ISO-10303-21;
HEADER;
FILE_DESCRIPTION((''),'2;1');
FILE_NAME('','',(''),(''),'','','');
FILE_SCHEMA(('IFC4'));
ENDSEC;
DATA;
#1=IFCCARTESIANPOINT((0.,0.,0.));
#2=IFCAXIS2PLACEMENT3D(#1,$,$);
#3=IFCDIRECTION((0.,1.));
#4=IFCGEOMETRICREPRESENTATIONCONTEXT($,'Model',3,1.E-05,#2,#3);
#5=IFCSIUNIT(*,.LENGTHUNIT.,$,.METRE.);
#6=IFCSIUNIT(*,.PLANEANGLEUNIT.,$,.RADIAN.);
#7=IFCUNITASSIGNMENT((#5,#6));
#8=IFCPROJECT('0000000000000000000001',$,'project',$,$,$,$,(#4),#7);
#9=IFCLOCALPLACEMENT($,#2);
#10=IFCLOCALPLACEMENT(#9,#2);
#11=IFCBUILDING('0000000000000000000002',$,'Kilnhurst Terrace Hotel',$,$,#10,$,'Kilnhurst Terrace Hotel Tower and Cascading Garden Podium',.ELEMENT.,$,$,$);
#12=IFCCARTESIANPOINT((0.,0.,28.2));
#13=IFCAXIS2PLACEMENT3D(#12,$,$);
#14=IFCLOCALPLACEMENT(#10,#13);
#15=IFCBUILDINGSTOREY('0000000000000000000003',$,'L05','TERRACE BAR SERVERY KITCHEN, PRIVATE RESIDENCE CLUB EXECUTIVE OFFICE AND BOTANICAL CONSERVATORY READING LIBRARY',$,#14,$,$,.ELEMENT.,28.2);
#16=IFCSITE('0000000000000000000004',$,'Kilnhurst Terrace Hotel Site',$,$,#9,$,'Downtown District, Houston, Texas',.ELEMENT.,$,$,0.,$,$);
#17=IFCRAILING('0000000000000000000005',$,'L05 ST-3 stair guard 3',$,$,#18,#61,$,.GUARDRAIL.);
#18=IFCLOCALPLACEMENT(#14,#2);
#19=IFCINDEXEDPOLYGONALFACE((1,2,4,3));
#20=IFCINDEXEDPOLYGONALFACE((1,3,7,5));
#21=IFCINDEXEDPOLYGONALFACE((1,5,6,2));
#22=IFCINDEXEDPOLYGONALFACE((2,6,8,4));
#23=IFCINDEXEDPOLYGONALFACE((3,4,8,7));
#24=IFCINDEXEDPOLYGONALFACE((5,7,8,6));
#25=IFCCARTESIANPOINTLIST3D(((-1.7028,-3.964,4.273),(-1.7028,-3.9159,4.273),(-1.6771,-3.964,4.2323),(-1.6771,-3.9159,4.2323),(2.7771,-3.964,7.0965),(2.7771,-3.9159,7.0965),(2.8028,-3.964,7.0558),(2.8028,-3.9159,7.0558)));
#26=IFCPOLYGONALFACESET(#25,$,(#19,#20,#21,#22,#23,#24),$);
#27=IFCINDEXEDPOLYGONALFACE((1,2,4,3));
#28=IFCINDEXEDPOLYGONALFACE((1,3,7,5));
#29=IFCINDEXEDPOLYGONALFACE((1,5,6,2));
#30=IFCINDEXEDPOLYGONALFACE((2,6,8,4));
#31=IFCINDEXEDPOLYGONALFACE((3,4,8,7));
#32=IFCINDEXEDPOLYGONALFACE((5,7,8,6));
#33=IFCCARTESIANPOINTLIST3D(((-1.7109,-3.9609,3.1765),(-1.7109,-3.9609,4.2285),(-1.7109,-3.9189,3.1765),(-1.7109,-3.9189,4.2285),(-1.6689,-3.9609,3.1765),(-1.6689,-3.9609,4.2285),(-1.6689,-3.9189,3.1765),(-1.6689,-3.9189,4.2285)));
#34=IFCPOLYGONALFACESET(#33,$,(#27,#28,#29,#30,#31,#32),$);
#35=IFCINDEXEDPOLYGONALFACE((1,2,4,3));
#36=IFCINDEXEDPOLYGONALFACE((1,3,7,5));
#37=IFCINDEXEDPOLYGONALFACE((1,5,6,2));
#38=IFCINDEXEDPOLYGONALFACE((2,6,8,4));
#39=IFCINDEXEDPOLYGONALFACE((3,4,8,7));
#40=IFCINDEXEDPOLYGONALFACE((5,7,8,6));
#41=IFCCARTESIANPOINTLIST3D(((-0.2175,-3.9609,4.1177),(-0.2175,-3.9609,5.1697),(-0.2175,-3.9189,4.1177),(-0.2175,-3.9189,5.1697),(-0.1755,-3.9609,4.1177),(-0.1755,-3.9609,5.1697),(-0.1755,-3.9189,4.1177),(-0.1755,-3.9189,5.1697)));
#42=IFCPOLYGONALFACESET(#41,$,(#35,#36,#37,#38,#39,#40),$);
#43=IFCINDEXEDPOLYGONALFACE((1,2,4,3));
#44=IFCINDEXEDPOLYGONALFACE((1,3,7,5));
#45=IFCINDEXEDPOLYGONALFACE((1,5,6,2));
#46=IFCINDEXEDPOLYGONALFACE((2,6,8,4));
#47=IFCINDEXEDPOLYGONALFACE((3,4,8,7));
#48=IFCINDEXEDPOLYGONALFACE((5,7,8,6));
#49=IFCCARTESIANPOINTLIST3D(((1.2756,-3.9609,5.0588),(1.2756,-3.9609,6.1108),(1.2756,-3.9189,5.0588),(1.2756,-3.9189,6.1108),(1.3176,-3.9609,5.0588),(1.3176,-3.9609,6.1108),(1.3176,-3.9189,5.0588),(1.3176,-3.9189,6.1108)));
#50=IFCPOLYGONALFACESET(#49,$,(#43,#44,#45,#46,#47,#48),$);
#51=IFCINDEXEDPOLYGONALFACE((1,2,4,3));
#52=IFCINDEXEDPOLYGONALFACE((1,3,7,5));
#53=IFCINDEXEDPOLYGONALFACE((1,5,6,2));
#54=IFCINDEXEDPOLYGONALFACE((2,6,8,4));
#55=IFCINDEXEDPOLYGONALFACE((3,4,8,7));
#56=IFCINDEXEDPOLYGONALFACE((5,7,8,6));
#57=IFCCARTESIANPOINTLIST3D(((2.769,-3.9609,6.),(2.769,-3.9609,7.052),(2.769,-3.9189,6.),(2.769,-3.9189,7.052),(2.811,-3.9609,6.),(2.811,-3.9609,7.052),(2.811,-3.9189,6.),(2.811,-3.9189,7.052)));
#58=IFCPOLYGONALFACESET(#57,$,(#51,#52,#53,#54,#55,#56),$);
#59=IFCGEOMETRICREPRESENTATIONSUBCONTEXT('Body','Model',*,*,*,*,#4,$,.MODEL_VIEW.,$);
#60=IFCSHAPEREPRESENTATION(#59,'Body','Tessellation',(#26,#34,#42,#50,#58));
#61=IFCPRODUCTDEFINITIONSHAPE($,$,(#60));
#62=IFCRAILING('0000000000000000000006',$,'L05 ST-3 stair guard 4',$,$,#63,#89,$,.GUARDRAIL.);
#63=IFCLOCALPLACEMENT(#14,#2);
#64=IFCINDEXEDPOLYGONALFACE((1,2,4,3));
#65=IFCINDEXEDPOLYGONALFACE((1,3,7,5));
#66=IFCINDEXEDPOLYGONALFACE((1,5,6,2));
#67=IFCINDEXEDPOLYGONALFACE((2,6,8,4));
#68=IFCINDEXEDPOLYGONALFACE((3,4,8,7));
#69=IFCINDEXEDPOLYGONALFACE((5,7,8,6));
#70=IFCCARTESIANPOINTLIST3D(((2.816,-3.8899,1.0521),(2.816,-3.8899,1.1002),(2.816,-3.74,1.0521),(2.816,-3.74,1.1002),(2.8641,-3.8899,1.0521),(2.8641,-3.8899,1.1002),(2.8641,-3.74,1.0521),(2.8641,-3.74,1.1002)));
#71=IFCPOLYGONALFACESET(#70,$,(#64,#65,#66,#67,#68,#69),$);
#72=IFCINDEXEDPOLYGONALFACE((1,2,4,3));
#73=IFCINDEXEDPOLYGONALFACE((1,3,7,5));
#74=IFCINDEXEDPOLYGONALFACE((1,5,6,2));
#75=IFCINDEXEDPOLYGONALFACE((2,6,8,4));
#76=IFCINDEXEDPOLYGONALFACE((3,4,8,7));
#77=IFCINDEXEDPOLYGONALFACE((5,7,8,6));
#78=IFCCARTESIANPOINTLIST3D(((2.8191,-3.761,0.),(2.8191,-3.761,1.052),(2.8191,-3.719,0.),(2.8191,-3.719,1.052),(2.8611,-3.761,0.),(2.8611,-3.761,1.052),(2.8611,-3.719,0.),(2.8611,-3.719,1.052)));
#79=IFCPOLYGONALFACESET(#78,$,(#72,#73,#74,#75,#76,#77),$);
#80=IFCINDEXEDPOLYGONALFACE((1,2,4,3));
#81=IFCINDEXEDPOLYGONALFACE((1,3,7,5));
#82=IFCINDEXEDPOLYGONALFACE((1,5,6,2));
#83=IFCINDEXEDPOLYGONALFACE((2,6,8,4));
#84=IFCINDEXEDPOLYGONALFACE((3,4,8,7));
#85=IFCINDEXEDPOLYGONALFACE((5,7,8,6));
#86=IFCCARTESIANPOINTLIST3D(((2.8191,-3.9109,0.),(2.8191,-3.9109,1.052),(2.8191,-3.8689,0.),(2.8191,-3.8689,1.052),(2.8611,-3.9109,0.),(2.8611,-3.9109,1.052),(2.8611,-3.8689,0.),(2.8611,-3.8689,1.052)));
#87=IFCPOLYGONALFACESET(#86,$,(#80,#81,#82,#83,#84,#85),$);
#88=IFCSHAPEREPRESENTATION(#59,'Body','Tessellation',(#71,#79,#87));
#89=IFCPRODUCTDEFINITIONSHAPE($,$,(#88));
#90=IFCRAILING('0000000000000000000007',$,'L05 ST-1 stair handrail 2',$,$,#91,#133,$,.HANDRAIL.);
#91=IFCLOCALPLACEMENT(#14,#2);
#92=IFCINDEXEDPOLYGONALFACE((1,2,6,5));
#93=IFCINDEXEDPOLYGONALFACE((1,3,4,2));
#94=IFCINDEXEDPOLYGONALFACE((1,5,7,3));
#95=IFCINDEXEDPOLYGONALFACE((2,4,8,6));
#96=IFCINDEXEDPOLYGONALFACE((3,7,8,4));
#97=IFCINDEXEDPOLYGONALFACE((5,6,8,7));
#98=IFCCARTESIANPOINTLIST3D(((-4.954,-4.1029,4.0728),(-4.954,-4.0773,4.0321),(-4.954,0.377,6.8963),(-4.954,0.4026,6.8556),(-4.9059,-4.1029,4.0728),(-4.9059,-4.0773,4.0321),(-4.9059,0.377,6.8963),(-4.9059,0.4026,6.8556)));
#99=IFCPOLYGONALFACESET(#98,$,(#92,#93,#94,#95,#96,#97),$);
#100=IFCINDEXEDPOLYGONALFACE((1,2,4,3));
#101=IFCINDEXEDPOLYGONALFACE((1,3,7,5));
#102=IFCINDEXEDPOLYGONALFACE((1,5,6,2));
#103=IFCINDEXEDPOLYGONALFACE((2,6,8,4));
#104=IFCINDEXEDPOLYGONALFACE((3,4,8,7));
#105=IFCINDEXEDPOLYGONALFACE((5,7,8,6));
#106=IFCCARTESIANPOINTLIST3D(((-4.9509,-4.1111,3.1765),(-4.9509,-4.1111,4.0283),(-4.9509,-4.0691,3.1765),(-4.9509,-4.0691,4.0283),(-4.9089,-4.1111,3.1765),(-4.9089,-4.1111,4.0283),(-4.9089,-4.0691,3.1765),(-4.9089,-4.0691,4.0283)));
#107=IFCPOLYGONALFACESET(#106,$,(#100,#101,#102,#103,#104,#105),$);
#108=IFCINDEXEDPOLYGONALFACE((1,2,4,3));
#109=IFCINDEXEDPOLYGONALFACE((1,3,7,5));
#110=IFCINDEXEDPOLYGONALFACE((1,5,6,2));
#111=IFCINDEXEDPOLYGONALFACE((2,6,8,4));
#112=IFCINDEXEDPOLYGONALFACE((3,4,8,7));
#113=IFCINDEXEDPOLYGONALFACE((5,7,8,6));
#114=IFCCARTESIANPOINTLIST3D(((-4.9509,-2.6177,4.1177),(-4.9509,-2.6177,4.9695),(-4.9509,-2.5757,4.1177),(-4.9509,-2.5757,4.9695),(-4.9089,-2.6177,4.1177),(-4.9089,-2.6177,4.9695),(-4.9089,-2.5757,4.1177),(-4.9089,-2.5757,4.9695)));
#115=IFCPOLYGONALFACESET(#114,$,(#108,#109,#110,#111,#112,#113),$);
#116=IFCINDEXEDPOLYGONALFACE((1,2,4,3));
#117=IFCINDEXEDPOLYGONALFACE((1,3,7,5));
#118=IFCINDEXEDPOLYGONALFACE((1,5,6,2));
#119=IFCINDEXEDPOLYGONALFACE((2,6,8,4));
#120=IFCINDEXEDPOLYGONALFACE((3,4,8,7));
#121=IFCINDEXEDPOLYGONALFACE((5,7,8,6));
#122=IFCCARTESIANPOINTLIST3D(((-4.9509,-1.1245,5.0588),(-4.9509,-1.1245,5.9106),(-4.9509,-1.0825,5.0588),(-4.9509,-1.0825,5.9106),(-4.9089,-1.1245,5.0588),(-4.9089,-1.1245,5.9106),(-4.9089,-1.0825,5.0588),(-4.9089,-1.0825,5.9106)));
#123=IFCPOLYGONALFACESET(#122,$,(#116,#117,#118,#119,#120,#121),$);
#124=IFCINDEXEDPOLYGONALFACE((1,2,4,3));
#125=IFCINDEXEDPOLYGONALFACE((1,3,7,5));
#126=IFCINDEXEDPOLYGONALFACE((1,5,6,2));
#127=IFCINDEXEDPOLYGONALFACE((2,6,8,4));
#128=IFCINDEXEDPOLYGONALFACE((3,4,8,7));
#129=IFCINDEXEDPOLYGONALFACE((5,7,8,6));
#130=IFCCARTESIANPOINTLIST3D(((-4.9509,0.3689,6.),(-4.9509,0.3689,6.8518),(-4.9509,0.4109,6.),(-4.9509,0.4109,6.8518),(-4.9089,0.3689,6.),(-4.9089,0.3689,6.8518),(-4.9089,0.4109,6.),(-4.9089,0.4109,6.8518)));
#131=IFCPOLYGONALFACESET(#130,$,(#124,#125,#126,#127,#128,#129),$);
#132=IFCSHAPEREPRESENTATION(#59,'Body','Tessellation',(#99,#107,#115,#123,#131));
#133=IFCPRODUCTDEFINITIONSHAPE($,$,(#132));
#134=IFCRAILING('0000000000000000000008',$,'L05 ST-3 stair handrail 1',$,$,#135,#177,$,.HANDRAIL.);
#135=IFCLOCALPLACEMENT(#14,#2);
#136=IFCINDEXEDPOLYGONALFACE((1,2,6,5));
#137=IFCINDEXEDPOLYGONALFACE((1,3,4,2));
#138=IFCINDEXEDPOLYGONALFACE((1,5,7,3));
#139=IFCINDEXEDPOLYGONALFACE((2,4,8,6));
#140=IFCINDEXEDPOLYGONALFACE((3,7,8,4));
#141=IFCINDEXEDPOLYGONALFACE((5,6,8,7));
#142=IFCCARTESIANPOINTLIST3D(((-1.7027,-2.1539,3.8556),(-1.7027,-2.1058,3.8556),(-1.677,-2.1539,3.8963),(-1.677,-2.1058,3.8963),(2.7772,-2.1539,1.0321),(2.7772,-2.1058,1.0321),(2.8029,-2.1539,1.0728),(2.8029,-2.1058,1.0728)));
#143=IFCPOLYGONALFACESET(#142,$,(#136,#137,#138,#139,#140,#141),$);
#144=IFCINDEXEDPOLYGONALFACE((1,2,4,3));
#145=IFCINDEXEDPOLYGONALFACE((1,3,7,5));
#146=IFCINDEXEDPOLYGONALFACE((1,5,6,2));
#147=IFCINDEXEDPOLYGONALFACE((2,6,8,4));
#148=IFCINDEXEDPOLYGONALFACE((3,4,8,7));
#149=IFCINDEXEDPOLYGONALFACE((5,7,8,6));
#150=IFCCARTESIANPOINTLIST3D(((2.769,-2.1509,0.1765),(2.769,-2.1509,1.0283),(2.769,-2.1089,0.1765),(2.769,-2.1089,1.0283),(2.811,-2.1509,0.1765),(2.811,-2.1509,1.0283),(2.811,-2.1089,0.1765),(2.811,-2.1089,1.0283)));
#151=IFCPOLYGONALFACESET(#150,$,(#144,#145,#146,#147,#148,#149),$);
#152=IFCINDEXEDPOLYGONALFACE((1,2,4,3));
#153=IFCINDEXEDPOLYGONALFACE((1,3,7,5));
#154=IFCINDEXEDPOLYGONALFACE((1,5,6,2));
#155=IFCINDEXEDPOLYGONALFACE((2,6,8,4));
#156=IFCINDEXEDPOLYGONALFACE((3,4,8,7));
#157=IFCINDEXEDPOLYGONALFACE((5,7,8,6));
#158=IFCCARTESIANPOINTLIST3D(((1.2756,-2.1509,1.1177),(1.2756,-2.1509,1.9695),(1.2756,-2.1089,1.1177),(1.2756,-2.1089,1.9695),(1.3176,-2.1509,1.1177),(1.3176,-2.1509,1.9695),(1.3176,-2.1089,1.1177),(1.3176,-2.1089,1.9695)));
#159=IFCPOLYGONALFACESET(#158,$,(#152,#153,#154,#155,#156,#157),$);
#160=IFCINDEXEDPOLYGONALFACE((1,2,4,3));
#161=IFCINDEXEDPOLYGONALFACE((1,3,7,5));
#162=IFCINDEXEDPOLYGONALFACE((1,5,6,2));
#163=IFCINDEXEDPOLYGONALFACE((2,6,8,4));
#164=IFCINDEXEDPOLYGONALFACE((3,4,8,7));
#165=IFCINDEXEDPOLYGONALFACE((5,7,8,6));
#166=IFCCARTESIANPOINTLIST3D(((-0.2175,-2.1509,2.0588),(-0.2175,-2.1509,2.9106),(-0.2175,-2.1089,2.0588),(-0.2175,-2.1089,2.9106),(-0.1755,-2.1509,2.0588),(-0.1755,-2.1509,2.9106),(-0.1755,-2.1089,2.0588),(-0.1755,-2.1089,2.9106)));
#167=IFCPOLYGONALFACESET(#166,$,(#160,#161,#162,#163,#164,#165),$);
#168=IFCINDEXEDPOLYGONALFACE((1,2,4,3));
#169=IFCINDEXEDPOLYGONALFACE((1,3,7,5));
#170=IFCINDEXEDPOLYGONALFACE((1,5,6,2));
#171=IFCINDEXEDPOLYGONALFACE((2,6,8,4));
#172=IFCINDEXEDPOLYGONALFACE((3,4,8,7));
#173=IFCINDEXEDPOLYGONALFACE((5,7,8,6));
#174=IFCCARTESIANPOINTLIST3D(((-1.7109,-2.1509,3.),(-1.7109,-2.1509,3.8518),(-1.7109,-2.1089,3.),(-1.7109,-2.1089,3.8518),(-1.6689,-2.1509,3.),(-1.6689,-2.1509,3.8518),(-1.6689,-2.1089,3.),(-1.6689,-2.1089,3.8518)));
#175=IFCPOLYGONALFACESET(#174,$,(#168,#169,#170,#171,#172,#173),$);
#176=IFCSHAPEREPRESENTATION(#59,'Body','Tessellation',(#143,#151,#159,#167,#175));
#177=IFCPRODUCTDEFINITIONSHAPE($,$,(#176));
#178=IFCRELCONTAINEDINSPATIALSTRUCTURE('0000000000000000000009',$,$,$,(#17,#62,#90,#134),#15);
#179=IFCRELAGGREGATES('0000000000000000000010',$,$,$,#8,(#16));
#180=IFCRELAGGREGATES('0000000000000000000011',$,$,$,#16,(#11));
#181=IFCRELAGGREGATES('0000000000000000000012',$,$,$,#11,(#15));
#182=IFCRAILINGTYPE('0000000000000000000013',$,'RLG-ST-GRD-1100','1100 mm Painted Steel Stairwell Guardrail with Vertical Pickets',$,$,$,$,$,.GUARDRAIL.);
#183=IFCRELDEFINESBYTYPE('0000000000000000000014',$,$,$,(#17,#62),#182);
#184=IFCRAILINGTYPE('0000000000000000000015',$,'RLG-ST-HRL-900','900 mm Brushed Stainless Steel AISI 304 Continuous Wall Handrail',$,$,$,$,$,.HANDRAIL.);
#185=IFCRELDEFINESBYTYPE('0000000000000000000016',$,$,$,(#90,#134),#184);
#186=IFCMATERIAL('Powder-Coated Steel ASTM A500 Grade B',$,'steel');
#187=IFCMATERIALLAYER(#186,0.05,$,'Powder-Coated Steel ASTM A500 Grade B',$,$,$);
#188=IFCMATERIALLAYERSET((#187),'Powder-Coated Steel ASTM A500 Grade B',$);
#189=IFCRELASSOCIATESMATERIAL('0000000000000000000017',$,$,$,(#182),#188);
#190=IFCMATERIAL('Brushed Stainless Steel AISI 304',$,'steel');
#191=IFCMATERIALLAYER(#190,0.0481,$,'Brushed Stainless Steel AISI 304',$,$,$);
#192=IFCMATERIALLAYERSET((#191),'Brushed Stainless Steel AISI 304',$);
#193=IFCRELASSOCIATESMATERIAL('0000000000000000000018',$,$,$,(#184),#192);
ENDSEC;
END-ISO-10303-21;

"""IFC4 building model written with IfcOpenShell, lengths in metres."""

from ifc_helpers import new_model, si_unit, direction, frame, origin, origin_2d, place, context, subcontext, project, spatial, rectangle, extrude, material, layer, layer_set, type_object, element, save


model = new_model("IFC4")

# Units and contexts
model_context = context("Model", 3, precision=1e-05, world=origin(), true_north=direction((0.0, 1.0)))
body_context = subcontext(model_context, "Body", "Model", "MODEL_VIEW")
ifc_project = project(units=[si_unit("LENGTHUNIT", "METRE"), si_unit("PLANEANGLEUNIT", "RADIAN")], contexts=[model_context])

# Site, building, storey
site_placement = place(None, origin())
site = spatial("IfcSite", under=ifc_project, at=site_placement, Name="Kilnhurst Terrace Hotel Site", LongName="Downtown District, Houston, Texas", CompositionType="ELEMENT", RefElevation=0.0)
building_placement = place(site_placement, origin())
building = spatial("IfcBuilding", under=site, at=building_placement, Name="Kilnhurst Terrace Hotel", LongName="Kilnhurst Terrace Hotel Tower and Cascading Garden Podium", CompositionType="ELEMENT")
storey_placement = place(building_placement, frame((0.0, 0.0, 28.2)))
storey = spatial("IfcBuildingStorey", under=building, at=storey_placement, Name="L05", Description="TERRACE BAR SERVERY KITCHEN, PRIVATE RESIDENCE CLUB EXECUTIVE OFFICE AND BOTANICAL CONSERVATORY READING LIBRARY", CompositionType="ELEMENT", Elevation=28.2)

# Railings
ifc_material_1 = material(Name="Powder-Coated Steel ASTM A500 Grade B", Category="steel")
ifc_layer_1 = layer(ifc_material_1, 0.05, Name="Powder-Coated Steel ASTM A500 Grade B")
ifc_layer_set_1 = layer_set([ifc_layer_1], Name="Powder-Coated Steel ASTM A500 Grade B")
railing_type_1 = type_object("IfcRailingType", Name="RLG-ST-GRD-1100", Description="1100 mm Painted Steel Stairwell Guardrail with Vertical Pickets", PredefinedType="GUARDRAIL", material=ifc_layer_set_1)
railing_1_placement = place(storey_placement, frame((-1.6899, -3.9399, 3.1765)))
element("IfcRailing", 1, at=railing_1_placement, inside=storey, type_object=railing_type_1, Name="L05 ST-3 stair guard 3", PredefinedType="GUARDRAIL", context=body_context, shape_type="SweptSolid", body=[
    extrude(rectangle(XDim=0.0481, YDim=0.0481, at=origin_2d()), frame((0.0, 0.0, 1.0762), z_axis=(0.845998, 0.0, 0.533186), x_axis=(0.0, 1.0, 0.0)), (0.0, 0.0, 1.0), 5.2954),
    extrude(rectangle(XDim=0.042, YDim=0.042, at=origin_2d()), origin(), (0.0, 0.0, 1.0), 1.052),
    extrude(rectangle(XDim=0.042, YDim=0.042, at=origin_2d()), frame((1.4934, 0.0, 0.9412)), (0.0, 0.0, 1.0), 1.052),
    extrude(rectangle(XDim=0.042, YDim=0.042, at=origin_2d()), frame((2.9866, 0.0, 1.8823)), (0.0, 0.0, 1.0), 1.052),
    extrude(rectangle(XDim=0.042, YDim=0.042, at=origin_2d()), frame((4.48, 0.0, 2.8235)), (0.0, 0.0, 1.0), 1.052),
])
railing_2_placement = place(storey_placement, frame((2.8401, -3.74, 0.0)))
element("IfcRailing", 2, at=railing_2_placement, inside=storey, type_object=railing_type_1, Name="L05 ST-3 stair guard 4", PredefinedType="GUARDRAIL", context=body_context, shape_type="SweptSolid", body=[
    extrude(rectangle(XDim=0.0481, YDim=0.0481, at=origin_2d()), frame((0.0, 0.0, 1.0762), z_axis=(0.0, -1.0, 0.0), x_axis=(1.0, 0.0, 0.0)), (0.0, 0.0, 1.0), 0.1499),
    extrude(rectangle(XDim=0.042, YDim=0.042, at=origin_2d()), origin(), (0.0, 0.0, 1.0), 1.052),
    extrude(rectangle(XDim=0.042, YDim=0.042, at=origin_2d()), frame((0.0, -0.1499, 0.0)), (0.0, 0.0, 1.0), 1.052),
])
ifc_material_2 = material(Name="Brushed Stainless Steel AISI 304", Category="steel")
ifc_layer_2 = layer(ifc_material_2, 0.0481, Name="Brushed Stainless Steel AISI 304")
ifc_layer_set_2 = layer_set([ifc_layer_2], Name="Brushed Stainless Steel AISI 304")
railing_type_2 = type_object("IfcRailingType", Name="RLG-ST-HRL-900", Description="900 mm Brushed Stainless Steel AISI 304 Continuous Wall Handrail", PredefinedType="HANDRAIL", material=ifc_layer_set_2)
railing_3_placement = place(storey_placement, frame((-4.9299, -4.0901, 3.1765)))
element("IfcRailing", 3, at=railing_3_placement, inside=storey, type_object=railing_type_2, Name="L05 ST-1 stair handrail 2", PredefinedType="HANDRAIL", context=body_context, shape_type="SweptSolid", body=[
    extrude(rectangle(XDim=0.0481, YDim=0.0481, at=origin_2d()), frame((0.0, 0.0, 0.876), z_axis=(0.0, 0.845998, 0.533186), x_axis=(-1.0, 0.0, 0.0)), (0.0, 0.0, 1.0), 5.2954),
    extrude(rectangle(XDim=0.042, YDim=0.042, at=origin_2d()), origin(), (0.0, 0.0, 1.0), 0.8518),
    extrude(rectangle(XDim=0.042, YDim=0.042, at=origin_2d()), frame((0.0, 1.4934, 0.9412)), (0.0, 0.0, 1.0), 0.8518),
    extrude(rectangle(XDim=0.042, YDim=0.042, at=origin_2d()), frame((0.0, 2.9866, 1.8823)), (0.0, 0.0, 1.0), 0.8518),
    extrude(rectangle(XDim=0.042, YDim=0.042, at=origin_2d()), frame((0.0, 4.48, 2.8235)), (0.0, 0.0, 1.0), 0.8518),
])
railing_4_placement = place(storey_placement, frame((2.79, -2.1299, 0.1765)))
element("IfcRailing", 4, at=railing_4_placement, inside=storey, type_object=railing_type_2, Name="L05 ST-3 stair handrail 1", PredefinedType="HANDRAIL", context=body_context, shape_type="SweptSolid", body=[
    extrude(rectangle(XDim=0.0481, YDim=0.0481, at=origin_2d()), frame((0.0, 0.0, 0.876), z_axis=(-0.845998, 0.0, 0.533186), x_axis=(0.0, -1.0, 0.0)), (0.0, 0.0, 1.0), 5.2954),
    extrude(rectangle(XDim=0.042, YDim=0.042, at=origin_2d()), origin(), (0.0, 0.0, 1.0), 0.8518),
    extrude(rectangle(XDim=0.042, YDim=0.042, at=origin_2d()), frame((-1.4934, 0.0, 0.9412)), (0.0, 0.0, 1.0), 0.8518),
    extrude(rectangle(XDim=0.042, YDim=0.042, at=origin_2d()), frame((-2.9866, 0.0, 1.8823)), (0.0, 0.0, 1.0), 0.8518),
    extrude(rectangle(XDim=0.042, YDim=0.042, at=origin_2d()), frame((-4.48, 0.0, 2.8235)), (0.0, 0.0, 1.0), 0.8518),
])

save(model, "model.ifc")
